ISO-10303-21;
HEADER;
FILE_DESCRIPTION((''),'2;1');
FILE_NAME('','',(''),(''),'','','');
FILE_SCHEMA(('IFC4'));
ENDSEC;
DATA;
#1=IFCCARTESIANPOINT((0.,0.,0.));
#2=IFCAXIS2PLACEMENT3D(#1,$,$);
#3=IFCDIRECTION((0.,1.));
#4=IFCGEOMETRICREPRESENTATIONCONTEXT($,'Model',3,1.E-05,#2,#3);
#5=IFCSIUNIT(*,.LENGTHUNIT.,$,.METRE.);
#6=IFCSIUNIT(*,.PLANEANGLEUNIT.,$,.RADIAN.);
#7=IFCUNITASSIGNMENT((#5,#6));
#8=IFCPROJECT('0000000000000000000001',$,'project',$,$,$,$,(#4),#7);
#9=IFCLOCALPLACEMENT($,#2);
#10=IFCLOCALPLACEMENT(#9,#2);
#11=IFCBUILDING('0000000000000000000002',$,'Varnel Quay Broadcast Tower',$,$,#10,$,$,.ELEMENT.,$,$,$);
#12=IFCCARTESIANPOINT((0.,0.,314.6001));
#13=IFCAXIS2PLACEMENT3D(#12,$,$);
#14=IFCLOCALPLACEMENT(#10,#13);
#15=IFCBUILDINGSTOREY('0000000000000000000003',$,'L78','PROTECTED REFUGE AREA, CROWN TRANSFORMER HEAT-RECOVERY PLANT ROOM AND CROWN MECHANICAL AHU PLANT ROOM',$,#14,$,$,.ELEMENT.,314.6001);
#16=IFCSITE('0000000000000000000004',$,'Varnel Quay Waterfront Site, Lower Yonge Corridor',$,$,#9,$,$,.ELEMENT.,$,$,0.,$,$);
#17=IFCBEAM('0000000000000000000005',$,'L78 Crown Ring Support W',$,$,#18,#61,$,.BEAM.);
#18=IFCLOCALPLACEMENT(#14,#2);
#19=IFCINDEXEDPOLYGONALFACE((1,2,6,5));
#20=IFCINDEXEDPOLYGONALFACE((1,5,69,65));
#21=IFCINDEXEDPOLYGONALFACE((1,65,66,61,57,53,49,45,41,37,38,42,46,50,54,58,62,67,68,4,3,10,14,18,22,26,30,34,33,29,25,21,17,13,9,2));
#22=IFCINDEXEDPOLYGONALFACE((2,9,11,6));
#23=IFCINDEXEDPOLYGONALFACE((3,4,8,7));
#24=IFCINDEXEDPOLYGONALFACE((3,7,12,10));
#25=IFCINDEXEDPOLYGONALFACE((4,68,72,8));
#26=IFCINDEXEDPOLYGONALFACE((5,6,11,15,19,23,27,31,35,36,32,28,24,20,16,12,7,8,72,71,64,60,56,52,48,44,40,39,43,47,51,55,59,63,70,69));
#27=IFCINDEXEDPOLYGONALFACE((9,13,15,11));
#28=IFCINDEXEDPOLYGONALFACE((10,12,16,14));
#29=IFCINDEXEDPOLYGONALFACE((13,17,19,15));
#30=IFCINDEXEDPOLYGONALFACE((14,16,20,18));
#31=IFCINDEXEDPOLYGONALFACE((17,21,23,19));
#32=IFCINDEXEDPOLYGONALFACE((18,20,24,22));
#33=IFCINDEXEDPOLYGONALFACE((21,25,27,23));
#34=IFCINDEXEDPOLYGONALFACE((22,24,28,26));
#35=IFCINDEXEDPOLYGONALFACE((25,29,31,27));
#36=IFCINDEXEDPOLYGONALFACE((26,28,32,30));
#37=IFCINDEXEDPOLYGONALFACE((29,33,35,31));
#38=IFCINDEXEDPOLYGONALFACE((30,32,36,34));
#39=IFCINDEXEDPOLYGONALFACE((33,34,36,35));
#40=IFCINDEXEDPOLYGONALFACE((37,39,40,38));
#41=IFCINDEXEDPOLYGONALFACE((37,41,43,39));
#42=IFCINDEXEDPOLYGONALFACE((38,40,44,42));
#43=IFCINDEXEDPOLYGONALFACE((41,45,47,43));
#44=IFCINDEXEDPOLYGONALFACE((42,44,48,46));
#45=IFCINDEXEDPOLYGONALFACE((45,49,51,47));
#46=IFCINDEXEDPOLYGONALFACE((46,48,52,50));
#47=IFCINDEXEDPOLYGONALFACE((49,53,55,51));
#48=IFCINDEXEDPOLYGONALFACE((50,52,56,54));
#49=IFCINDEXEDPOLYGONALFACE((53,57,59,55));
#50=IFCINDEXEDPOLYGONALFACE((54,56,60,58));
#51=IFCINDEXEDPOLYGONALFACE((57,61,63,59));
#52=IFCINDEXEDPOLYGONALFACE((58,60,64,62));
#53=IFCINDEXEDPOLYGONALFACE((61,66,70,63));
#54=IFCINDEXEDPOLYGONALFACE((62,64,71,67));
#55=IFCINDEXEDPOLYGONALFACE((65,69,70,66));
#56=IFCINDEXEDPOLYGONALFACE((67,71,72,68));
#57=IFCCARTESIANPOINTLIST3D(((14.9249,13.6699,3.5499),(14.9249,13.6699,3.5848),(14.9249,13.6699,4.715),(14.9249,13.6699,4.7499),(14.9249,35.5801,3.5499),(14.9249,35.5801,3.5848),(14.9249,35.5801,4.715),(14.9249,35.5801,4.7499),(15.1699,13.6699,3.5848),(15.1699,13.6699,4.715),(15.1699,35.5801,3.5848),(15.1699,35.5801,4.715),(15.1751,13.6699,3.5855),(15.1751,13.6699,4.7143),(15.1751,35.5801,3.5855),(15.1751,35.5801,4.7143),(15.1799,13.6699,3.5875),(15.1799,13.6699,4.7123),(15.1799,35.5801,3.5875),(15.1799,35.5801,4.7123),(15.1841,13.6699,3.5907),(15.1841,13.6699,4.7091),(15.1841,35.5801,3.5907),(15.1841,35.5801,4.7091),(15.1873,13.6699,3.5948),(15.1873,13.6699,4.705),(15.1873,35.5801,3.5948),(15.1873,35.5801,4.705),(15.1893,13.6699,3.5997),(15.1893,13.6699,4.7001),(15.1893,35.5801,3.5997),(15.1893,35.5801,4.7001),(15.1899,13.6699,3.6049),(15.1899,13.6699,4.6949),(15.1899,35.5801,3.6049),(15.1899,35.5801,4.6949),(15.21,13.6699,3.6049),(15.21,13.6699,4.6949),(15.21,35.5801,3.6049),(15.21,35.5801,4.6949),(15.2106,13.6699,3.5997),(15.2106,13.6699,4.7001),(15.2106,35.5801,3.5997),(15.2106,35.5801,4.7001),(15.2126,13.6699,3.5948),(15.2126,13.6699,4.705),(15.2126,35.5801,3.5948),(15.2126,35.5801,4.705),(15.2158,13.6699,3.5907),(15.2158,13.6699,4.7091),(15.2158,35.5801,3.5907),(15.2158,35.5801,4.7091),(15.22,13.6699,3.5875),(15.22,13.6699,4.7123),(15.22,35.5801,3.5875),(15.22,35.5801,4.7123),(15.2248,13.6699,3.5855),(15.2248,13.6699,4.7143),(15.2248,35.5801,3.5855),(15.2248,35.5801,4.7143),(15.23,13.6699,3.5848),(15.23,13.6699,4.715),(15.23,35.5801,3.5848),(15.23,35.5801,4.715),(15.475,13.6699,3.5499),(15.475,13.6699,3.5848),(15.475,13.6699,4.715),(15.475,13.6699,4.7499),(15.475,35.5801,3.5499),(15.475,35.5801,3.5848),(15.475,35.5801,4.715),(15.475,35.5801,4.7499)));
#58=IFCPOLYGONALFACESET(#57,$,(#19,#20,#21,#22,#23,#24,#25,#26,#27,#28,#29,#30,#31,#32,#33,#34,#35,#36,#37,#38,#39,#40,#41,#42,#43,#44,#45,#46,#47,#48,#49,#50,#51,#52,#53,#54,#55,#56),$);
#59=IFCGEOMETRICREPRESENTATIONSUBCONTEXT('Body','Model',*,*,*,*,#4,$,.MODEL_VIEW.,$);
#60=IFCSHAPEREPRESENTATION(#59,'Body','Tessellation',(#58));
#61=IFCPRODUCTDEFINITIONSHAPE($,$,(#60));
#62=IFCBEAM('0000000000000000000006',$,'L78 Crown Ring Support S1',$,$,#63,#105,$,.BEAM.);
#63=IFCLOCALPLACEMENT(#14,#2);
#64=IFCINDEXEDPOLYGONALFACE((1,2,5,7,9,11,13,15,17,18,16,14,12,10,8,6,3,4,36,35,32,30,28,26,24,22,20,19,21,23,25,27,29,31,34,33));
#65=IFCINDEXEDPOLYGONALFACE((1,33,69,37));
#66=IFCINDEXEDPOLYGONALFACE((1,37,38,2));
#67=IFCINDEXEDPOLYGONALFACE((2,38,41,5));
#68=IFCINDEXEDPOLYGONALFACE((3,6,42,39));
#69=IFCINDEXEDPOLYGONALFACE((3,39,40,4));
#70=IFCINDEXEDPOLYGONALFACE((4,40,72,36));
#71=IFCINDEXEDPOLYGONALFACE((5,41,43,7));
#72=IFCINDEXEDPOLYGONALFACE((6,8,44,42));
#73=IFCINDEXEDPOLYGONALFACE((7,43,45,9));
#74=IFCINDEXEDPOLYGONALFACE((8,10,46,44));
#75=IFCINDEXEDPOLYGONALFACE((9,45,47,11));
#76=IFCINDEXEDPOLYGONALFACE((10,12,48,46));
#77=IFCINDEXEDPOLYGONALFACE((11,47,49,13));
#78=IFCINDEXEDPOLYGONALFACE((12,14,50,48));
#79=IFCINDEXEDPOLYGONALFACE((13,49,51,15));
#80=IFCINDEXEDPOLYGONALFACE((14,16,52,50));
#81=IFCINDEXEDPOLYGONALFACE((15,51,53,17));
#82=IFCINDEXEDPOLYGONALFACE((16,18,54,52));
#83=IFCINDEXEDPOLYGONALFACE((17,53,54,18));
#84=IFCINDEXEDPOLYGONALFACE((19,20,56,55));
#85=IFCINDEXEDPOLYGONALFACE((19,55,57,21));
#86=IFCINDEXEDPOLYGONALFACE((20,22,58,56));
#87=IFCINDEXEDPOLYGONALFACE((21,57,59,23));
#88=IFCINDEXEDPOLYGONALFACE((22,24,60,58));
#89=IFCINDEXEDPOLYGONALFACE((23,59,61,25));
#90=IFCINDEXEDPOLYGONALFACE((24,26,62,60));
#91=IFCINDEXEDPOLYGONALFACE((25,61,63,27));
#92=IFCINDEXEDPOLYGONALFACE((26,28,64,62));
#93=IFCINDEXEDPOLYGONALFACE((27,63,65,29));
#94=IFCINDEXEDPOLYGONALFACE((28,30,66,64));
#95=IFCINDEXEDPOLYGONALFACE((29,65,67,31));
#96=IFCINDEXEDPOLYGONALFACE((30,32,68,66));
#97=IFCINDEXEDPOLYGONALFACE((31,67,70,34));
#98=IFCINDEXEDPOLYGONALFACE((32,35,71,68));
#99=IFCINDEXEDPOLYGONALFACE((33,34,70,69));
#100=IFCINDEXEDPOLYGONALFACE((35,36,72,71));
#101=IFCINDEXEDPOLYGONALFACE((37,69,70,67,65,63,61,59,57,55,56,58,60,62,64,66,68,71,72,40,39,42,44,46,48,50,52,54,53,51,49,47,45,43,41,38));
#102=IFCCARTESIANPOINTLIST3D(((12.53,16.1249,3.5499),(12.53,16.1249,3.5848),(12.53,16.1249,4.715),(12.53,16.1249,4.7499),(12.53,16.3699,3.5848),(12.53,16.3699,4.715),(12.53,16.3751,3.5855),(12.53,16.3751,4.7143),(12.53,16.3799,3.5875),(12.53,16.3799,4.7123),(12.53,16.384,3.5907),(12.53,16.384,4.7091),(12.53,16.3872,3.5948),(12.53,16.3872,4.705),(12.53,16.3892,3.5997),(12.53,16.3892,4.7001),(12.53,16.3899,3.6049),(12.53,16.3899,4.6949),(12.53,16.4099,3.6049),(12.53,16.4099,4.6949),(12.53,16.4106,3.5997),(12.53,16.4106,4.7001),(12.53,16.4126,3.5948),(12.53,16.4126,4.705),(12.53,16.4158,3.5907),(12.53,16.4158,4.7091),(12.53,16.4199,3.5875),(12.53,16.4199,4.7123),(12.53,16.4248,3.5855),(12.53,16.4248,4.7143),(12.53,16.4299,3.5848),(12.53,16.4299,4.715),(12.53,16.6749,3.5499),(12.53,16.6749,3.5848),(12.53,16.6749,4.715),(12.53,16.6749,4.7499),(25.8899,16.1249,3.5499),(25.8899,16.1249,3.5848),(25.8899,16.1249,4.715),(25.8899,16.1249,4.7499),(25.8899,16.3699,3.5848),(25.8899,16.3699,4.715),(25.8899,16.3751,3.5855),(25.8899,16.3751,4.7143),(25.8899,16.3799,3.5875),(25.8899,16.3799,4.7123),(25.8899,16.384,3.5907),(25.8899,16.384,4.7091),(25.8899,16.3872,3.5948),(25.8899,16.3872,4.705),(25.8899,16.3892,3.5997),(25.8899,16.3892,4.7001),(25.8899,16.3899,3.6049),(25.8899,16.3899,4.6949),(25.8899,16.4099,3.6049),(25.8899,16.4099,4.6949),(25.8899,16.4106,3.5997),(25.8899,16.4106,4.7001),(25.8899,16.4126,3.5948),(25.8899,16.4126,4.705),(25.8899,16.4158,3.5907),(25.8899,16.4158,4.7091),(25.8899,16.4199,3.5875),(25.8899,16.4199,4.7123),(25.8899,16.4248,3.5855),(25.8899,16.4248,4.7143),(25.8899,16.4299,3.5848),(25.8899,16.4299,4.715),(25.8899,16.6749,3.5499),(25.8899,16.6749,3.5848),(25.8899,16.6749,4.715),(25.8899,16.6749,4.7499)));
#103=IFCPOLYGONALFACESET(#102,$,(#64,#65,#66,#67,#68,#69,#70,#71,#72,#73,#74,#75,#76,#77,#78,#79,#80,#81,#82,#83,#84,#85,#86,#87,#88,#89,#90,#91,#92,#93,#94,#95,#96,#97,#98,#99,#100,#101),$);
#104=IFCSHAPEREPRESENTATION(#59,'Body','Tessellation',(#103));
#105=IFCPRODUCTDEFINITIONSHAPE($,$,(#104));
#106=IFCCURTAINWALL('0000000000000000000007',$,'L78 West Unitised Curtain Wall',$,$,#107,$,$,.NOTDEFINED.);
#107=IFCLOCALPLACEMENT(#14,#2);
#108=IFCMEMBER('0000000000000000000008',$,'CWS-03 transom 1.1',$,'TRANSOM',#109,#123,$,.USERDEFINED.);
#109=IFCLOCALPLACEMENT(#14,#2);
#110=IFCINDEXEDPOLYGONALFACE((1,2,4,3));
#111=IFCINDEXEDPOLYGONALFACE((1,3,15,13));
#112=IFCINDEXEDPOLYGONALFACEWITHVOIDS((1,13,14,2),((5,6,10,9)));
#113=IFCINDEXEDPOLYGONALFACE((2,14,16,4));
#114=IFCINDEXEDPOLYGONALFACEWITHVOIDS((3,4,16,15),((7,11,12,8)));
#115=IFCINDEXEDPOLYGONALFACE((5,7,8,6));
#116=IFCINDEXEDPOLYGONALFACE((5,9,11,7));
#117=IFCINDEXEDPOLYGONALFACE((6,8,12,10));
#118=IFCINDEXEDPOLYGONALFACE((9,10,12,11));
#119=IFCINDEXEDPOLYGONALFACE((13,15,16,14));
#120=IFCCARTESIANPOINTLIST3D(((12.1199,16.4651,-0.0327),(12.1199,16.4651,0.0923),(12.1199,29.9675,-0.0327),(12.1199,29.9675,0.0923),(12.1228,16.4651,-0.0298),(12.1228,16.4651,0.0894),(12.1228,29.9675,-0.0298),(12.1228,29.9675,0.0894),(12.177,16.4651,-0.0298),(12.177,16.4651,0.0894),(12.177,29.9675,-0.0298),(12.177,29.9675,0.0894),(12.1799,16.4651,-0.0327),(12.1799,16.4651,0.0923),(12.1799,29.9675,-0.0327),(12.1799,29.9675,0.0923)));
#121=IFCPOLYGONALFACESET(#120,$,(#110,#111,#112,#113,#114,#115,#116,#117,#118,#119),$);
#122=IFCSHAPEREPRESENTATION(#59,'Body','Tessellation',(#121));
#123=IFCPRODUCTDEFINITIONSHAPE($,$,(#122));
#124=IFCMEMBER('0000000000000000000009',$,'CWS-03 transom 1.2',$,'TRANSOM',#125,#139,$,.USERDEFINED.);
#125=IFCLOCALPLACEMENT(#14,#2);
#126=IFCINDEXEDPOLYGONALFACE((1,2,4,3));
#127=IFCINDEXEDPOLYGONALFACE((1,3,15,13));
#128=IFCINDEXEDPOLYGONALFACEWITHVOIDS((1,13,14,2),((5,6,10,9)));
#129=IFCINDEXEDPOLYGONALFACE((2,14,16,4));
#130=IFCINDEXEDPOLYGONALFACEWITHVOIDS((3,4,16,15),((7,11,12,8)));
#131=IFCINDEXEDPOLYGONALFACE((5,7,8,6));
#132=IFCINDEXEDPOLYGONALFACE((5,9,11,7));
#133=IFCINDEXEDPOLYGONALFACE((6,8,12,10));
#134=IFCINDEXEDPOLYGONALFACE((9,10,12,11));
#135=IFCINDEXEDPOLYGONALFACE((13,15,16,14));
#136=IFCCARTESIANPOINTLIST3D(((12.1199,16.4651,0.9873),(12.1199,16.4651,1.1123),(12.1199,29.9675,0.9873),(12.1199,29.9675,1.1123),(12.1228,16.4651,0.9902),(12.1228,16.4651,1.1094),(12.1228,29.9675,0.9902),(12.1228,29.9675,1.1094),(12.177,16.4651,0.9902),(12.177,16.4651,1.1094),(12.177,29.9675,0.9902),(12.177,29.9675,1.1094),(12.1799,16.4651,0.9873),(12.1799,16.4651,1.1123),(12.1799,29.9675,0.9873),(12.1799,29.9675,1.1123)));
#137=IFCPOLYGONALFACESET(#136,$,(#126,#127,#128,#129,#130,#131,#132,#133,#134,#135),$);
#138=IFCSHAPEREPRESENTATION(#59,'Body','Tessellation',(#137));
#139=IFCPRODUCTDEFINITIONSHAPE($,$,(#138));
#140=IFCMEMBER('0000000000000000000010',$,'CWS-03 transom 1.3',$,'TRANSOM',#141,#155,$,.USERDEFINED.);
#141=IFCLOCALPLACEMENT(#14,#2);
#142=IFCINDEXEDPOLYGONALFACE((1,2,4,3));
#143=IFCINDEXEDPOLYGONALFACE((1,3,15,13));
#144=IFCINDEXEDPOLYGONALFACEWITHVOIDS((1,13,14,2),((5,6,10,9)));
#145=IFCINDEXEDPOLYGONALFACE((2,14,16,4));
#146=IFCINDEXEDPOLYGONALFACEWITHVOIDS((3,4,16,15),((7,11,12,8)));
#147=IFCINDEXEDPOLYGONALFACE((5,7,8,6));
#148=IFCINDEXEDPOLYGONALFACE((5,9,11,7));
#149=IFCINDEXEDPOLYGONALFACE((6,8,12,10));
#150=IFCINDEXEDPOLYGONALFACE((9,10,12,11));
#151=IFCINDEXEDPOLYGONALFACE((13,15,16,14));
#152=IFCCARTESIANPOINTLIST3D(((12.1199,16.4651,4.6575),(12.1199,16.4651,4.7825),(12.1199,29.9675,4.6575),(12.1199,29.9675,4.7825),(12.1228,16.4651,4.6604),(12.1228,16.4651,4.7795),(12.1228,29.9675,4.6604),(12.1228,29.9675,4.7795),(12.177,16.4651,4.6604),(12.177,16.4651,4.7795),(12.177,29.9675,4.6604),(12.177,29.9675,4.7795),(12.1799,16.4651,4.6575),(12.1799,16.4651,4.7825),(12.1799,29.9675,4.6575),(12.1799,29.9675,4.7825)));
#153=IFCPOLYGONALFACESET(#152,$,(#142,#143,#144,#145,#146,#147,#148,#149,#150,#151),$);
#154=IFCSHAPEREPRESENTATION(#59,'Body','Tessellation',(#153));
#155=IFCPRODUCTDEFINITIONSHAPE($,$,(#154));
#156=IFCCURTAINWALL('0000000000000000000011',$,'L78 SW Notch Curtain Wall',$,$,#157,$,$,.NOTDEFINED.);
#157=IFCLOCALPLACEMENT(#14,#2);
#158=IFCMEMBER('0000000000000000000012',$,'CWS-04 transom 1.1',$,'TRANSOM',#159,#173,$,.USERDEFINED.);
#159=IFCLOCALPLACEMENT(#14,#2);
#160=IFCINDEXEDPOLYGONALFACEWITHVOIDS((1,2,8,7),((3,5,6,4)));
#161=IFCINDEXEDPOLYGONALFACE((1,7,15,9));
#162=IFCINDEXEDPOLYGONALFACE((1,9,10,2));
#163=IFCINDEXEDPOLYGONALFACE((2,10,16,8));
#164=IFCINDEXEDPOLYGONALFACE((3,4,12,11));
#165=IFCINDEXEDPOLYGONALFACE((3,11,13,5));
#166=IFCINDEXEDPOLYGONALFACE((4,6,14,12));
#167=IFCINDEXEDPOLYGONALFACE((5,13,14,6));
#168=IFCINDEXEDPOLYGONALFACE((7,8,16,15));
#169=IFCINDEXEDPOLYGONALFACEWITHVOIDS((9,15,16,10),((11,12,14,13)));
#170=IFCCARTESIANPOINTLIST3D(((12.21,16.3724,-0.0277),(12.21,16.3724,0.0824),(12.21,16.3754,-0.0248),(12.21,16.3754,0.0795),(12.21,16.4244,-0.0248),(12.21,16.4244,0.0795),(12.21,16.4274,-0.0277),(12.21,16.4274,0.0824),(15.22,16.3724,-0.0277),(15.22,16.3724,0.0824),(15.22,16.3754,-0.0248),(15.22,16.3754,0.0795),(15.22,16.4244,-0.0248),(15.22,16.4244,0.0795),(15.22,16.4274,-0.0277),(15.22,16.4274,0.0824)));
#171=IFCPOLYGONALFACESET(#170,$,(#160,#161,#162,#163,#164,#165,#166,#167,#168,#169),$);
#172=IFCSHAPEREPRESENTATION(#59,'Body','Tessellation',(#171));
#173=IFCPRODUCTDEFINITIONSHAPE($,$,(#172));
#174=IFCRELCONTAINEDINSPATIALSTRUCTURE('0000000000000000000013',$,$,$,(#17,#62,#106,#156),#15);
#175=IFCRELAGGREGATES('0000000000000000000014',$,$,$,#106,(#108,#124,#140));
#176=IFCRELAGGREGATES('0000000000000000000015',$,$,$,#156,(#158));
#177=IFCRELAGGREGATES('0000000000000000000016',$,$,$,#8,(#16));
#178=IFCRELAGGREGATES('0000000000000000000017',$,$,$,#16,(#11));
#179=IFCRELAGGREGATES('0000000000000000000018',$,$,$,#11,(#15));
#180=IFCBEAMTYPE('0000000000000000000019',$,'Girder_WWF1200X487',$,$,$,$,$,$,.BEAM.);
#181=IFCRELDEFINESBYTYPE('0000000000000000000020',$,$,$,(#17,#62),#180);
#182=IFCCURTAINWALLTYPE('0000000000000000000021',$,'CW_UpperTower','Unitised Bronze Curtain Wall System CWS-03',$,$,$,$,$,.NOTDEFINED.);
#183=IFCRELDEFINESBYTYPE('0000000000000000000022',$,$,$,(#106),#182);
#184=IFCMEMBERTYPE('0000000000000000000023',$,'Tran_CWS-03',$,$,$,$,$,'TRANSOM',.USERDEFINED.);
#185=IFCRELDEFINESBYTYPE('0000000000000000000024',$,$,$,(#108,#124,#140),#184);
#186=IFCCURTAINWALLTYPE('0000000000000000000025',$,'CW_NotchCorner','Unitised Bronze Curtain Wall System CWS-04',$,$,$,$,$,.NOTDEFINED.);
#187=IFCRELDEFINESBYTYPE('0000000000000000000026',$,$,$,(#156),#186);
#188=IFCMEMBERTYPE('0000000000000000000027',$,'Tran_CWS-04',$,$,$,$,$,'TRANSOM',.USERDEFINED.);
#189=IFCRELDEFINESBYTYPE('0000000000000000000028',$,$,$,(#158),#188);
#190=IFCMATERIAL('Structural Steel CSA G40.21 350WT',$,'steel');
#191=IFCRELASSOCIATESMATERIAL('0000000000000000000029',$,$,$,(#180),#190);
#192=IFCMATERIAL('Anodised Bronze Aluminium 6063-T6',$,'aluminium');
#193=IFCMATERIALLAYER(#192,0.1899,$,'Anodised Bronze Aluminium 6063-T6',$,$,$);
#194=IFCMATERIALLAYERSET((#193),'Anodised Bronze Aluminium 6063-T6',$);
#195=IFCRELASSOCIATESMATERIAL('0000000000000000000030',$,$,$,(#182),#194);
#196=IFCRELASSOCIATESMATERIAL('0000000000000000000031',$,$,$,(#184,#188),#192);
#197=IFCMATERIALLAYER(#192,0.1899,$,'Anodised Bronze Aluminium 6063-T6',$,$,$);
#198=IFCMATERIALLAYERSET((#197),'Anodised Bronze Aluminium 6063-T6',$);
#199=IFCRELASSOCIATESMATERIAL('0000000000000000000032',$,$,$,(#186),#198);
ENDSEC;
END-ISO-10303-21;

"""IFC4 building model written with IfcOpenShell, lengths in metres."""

from ifc_helpers import new_model, si_unit, direction, frame, origin, origin_2d, place, context, subcontext, project, spatial, hollow_rectangle, i_section, extrude, source, transform, mapped, material, layer, layer_set, material_profile, profile_set, type_object, type_shapes, element, aggregate, save


model = new_model("IFC4")

# Units and contexts
model_context = context("Model", 3, precision=1e-05, world=origin(), true_north=direction((0.0, 1.0)))
body_context = subcontext(model_context, "Body", "Model", "MODEL_VIEW")
ifc_project = project(units=[si_unit("LENGTHUNIT", "METRE"), si_unit("PLANEANGLEUNIT", "RADIAN")], contexts=[model_context])

# Site, building, storey
site_placement = place(None, origin())
site = spatial("IfcSite", under=ifc_project, at=site_placement, Name="Varnel Quay Waterfront Site, Lower Yonge Corridor", CompositionType="ELEMENT", RefElevation=0.0)
building_placement = place(site_placement, origin())
building = spatial("IfcBuilding", under=site, at=building_placement, Name="Varnel Quay Broadcast Tower", CompositionType="ELEMENT")
storey_placement = place(building_placement, frame((0.0, 0.0, 314.6001)))
storey = spatial("IfcBuildingStorey", under=building, at=storey_placement, Name="L78", Description="PROTECTED REFUGE AREA, CROWN TRANSFORMER HEAT-RECOVERY PLANT ROOM AND CROWN MECHANICAL AHU PLANT ROOM", CompositionType="ELEMENT", Elevation=314.6001)

# Shared definitions
ifc_material_1 = material(Name="Structural Steel CSA G40.21 350WT", Category="steel")

# Beams
ifc_material_profile_1 = material_profile(ifc_material_1, i_section(OverallWidth=0.55, OverallDepth=1.2, WebThickness=0.02, FlangeThickness=0.0349, FilletRadius=0.02, at=origin_2d()), Name="WWF1200X487")
ifc_profile_set_1 = profile_set([ifc_material_profile_1], Name="Structural Steel CSA G40.21 350WT")
beam_type_1 = type_object("IfcBeamType", Name="Girder_WWF1200X487", PredefinedType="BEAM", material=ifc_profile_set_1)
shared_shape_1 = source(origin(), body_context, "Body", "SweptSolid", [
    extrude(i_section(OverallWidth=0.55, OverallDepth=1.2, WebThickness=0.02, FlangeThickness=0.0349, FilletRadius=0.02, at=origin_2d()), origin(), (0.0, 0.0, 1.0), 21.9102),
])
beam_1_placement = place(storey_placement, frame((15.2, 13.6699, 4.1499), z_axis=(0.0, 1.0, 0.0), x_axis=(-1.0, 0.0, 0.0)))
element("IfcBeam", 1, at=beam_1_placement, inside=storey, type_object=beam_type_1, Name="L78 Crown Ring Support W", PredefinedType="BEAM", context=body_context, shape_type="MappedRepresentation", body=[
    mapped(shared_shape_1, transform((0.0, 0.0, 0.0), x_axis=(1.0, 0.0, 0.0), y_axis=(0.0, 1.0, 0.0), z_axis=(0.0, 0.0, 1.0), scale=1.0)),
])
shared_shape_2 = source(origin(), body_context, "Body", "SweptSolid", [
    extrude(i_section(OverallWidth=0.55, OverallDepth=1.2, WebThickness=0.02, FlangeThickness=0.0349, FilletRadius=0.02, at=origin_2d()), origin(), (0.0, 0.0, 1.0), 13.3599),
])
type_shapes(beam_type_1, [shared_shape_1, shared_shape_2])
beam_2_placement = place(storey_placement, frame((12.53, 16.3999, 4.1499), z_axis=(1.0, 0.0, 0.0), x_axis=(0.0, 1.0, 0.0)))
element("IfcBeam", 2, at=beam_2_placement, inside=storey, type_object=beam_type_1, Name="L78 Crown Ring Support S1", PredefinedType="BEAM", context=body_context, shape_type="MappedRepresentation", body=[
    mapped(shared_shape_2, transform((0.0, 0.0, 0.0), x_axis=(1.0, 0.0, 0.0), y_axis=(0.0, 1.0, 0.0), z_axis=(0.0, 0.0, 1.0), scale=1.0)),
])

# Curtain walls, members
ifc_material_2 = material(Name="Anodised Bronze Aluminium 6063-T6", Category="aluminium")
ifc_layer_1 = layer(ifc_material_2, 0.1899, Name="Anodised Bronze Aluminium 6063-T6")
ifc_layer_set_1 = layer_set([ifc_layer_1], Name="Anodised Bronze Aluminium 6063-T6")
curtain_wall_type_1 = type_object("IfcCurtainWallType", Name="CW_UpperTower", Description="Unitised Bronze Curtain Wall System CWS-03", PredefinedType="NOTDEFINED", material=ifc_layer_set_1)
curtain_wall_1_placement = place(storey_placement, origin())
curtain_wall_1 = element("IfcCurtainWall", 3, at=curtain_wall_1_placement, inside=storey, type_object=curtain_wall_type_1, Name="L78 West Unitised Curtain Wall", PredefinedType="NOTDEFINED")
ifc_material_profile_2 = material_profile(ifc_material_2, hollow_rectangle(XDim=0.0601, YDim=0.125, WallThickness=0.0029, at=origin_2d()), Name="ALU60X125X3")
ifc_profile_set_2 = profile_set([ifc_material_profile_2], Name="Anodised Bronze Aluminium 6063-T6")
member_type_1 = type_object("IfcMemberType", Name="Tran_CWS-03", ElementType="TRANSOM", PredefinedType="USERDEFINED", material=ifc_profile_set_2)
shared_shape_3 = source(origin(), body_context, "Body", "SweptSolid", [
    extrude(hollow_rectangle(XDim=0.0601, YDim=0.125, WallThickness=0.0029, at=origin_2d()), origin(), (0.0, 0.0, 1.0), 13.5024),
])
type_shapes(member_type_1, [shared_shape_3])
member_1_placement = place(storey_placement, frame((12.1499, 16.4651, 0.0298), z_axis=(0.0, 1.0, 0.0), x_axis=(-1.0, 0.0, 0.0)))
member_1 = element("IfcMember", 4, at=member_1_placement, type_object=member_type_1, Name="CWS-03 transom 1.1", ObjectType="TRANSOM", PredefinedType="USERDEFINED", context=body_context, shape_type="MappedRepresentation", body=[
    mapped(shared_shape_3, transform((0.0, 0.0, 0.0), x_axis=(1.0, 0.0, 0.0), y_axis=(0.0, 1.0, 0.0), z_axis=(0.0, 0.0, 1.0), scale=1.0)),
])
member_2_placement = place(storey_placement, frame((12.1499, 16.4651, 1.0498), z_axis=(0.0, 1.0, 0.0), x_axis=(-1.0, 0.0, 0.0)))
member_2 = element("IfcMember", 5, at=member_2_placement, type_object=member_type_1, Name="CWS-03 transom 1.2", ObjectType="TRANSOM", PredefinedType="USERDEFINED", context=body_context, shape_type="MappedRepresentation", body=[
    mapped(shared_shape_3, transform((0.0, 0.0, 0.0), x_axis=(1.0, 0.0, 0.0), y_axis=(0.0, 1.0, 0.0), z_axis=(0.0, 0.0, 1.0), scale=1.0)),
])
member_3_placement = place(storey_placement, frame((12.1499, 16.4651, 4.72), z_axis=(0.0, 1.0, 0.0), x_axis=(-1.0, 0.0, 0.0)))
member_3 = element("IfcMember", 6, at=member_3_placement, type_object=member_type_1, Name="CWS-03 transom 1.3", ObjectType="TRANSOM", PredefinedType="USERDEFINED", context=body_context, shape_type="MappedRepresentation", body=[
    mapped(shared_shape_3, transform((0.0, 0.0, 0.0), x_axis=(1.0, 0.0, 0.0), y_axis=(0.0, 1.0, 0.0), z_axis=(0.0, 0.0, 1.0), scale=1.0)),
])
ifc_layer_2 = layer(ifc_material_2, 0.1899, Name="Anodised Bronze Aluminium 6063-T6")
ifc_layer_set_2 = layer_set([ifc_layer_2], Name="Anodised Bronze Aluminium 6063-T6")
curtain_wall_type_2 = type_object("IfcCurtainWallType", Name="CW_NotchCorner", Description="Unitised Bronze Curtain Wall System CWS-04", PredefinedType="NOTDEFINED", material=ifc_layer_set_2)
curtain_wall_2_placement = place(storey_placement, origin())
curtain_wall_2 = element("IfcCurtainWall", 7, at=curtain_wall_2_placement, inside=storey, type_object=curtain_wall_type_2, Name="L78 SW Notch Curtain Wall", PredefinedType="NOTDEFINED")
ifc_material_profile_3 = material_profile(ifc_material_2, hollow_rectangle(XDim=0.0549, YDim=0.1101, WallThickness=0.0029, at=origin_2d()), Name="ALU55X110X3")
ifc_profile_set_3 = profile_set([ifc_material_profile_3], Name="Anodised Bronze Aluminium 6063-T6")
member_type_2 = type_object("IfcMemberType", Name="Tran_CWS-04", ElementType="TRANSOM", PredefinedType="USERDEFINED", material=ifc_profile_set_3)
shared_shape_4 = source(origin(), body_context, "Body", "SweptSolid", [
    extrude(hollow_rectangle(XDim=0.0549, YDim=0.1101, WallThickness=0.0029, at=origin_2d()), origin(), (0.0, 0.0, 1.0), 3.01),
])
type_shapes(member_type_2, [shared_shape_4])
member_4_placement = place(storey_placement, frame((12.21, 16.3999, 0.0273), z_axis=(1.0, 0.0, 0.0), x_axis=(0.0, 1.0, 0.0)))
member_4 = element("IfcMember", 8, at=member_4_placement, type_object=member_type_2, Name="CWS-04 transom 1.1", ObjectType="TRANSOM", PredefinedType="USERDEFINED", context=body_context, shape_type="MappedRepresentation", body=[
    mapped(shared_shape_4, transform((0.0, 0.0, 0.0), x_axis=(1.0, 0.0, 0.0), y_axis=(0.0, 1.0, 0.0), z_axis=(0.0, 0.0, 1.0), scale=1.0)),
])

aggregate(curtain_wall_1, [member_1, member_2, member_3])

aggregate(curtain_wall_2, [member_4])

save(model, "model.ifc")
